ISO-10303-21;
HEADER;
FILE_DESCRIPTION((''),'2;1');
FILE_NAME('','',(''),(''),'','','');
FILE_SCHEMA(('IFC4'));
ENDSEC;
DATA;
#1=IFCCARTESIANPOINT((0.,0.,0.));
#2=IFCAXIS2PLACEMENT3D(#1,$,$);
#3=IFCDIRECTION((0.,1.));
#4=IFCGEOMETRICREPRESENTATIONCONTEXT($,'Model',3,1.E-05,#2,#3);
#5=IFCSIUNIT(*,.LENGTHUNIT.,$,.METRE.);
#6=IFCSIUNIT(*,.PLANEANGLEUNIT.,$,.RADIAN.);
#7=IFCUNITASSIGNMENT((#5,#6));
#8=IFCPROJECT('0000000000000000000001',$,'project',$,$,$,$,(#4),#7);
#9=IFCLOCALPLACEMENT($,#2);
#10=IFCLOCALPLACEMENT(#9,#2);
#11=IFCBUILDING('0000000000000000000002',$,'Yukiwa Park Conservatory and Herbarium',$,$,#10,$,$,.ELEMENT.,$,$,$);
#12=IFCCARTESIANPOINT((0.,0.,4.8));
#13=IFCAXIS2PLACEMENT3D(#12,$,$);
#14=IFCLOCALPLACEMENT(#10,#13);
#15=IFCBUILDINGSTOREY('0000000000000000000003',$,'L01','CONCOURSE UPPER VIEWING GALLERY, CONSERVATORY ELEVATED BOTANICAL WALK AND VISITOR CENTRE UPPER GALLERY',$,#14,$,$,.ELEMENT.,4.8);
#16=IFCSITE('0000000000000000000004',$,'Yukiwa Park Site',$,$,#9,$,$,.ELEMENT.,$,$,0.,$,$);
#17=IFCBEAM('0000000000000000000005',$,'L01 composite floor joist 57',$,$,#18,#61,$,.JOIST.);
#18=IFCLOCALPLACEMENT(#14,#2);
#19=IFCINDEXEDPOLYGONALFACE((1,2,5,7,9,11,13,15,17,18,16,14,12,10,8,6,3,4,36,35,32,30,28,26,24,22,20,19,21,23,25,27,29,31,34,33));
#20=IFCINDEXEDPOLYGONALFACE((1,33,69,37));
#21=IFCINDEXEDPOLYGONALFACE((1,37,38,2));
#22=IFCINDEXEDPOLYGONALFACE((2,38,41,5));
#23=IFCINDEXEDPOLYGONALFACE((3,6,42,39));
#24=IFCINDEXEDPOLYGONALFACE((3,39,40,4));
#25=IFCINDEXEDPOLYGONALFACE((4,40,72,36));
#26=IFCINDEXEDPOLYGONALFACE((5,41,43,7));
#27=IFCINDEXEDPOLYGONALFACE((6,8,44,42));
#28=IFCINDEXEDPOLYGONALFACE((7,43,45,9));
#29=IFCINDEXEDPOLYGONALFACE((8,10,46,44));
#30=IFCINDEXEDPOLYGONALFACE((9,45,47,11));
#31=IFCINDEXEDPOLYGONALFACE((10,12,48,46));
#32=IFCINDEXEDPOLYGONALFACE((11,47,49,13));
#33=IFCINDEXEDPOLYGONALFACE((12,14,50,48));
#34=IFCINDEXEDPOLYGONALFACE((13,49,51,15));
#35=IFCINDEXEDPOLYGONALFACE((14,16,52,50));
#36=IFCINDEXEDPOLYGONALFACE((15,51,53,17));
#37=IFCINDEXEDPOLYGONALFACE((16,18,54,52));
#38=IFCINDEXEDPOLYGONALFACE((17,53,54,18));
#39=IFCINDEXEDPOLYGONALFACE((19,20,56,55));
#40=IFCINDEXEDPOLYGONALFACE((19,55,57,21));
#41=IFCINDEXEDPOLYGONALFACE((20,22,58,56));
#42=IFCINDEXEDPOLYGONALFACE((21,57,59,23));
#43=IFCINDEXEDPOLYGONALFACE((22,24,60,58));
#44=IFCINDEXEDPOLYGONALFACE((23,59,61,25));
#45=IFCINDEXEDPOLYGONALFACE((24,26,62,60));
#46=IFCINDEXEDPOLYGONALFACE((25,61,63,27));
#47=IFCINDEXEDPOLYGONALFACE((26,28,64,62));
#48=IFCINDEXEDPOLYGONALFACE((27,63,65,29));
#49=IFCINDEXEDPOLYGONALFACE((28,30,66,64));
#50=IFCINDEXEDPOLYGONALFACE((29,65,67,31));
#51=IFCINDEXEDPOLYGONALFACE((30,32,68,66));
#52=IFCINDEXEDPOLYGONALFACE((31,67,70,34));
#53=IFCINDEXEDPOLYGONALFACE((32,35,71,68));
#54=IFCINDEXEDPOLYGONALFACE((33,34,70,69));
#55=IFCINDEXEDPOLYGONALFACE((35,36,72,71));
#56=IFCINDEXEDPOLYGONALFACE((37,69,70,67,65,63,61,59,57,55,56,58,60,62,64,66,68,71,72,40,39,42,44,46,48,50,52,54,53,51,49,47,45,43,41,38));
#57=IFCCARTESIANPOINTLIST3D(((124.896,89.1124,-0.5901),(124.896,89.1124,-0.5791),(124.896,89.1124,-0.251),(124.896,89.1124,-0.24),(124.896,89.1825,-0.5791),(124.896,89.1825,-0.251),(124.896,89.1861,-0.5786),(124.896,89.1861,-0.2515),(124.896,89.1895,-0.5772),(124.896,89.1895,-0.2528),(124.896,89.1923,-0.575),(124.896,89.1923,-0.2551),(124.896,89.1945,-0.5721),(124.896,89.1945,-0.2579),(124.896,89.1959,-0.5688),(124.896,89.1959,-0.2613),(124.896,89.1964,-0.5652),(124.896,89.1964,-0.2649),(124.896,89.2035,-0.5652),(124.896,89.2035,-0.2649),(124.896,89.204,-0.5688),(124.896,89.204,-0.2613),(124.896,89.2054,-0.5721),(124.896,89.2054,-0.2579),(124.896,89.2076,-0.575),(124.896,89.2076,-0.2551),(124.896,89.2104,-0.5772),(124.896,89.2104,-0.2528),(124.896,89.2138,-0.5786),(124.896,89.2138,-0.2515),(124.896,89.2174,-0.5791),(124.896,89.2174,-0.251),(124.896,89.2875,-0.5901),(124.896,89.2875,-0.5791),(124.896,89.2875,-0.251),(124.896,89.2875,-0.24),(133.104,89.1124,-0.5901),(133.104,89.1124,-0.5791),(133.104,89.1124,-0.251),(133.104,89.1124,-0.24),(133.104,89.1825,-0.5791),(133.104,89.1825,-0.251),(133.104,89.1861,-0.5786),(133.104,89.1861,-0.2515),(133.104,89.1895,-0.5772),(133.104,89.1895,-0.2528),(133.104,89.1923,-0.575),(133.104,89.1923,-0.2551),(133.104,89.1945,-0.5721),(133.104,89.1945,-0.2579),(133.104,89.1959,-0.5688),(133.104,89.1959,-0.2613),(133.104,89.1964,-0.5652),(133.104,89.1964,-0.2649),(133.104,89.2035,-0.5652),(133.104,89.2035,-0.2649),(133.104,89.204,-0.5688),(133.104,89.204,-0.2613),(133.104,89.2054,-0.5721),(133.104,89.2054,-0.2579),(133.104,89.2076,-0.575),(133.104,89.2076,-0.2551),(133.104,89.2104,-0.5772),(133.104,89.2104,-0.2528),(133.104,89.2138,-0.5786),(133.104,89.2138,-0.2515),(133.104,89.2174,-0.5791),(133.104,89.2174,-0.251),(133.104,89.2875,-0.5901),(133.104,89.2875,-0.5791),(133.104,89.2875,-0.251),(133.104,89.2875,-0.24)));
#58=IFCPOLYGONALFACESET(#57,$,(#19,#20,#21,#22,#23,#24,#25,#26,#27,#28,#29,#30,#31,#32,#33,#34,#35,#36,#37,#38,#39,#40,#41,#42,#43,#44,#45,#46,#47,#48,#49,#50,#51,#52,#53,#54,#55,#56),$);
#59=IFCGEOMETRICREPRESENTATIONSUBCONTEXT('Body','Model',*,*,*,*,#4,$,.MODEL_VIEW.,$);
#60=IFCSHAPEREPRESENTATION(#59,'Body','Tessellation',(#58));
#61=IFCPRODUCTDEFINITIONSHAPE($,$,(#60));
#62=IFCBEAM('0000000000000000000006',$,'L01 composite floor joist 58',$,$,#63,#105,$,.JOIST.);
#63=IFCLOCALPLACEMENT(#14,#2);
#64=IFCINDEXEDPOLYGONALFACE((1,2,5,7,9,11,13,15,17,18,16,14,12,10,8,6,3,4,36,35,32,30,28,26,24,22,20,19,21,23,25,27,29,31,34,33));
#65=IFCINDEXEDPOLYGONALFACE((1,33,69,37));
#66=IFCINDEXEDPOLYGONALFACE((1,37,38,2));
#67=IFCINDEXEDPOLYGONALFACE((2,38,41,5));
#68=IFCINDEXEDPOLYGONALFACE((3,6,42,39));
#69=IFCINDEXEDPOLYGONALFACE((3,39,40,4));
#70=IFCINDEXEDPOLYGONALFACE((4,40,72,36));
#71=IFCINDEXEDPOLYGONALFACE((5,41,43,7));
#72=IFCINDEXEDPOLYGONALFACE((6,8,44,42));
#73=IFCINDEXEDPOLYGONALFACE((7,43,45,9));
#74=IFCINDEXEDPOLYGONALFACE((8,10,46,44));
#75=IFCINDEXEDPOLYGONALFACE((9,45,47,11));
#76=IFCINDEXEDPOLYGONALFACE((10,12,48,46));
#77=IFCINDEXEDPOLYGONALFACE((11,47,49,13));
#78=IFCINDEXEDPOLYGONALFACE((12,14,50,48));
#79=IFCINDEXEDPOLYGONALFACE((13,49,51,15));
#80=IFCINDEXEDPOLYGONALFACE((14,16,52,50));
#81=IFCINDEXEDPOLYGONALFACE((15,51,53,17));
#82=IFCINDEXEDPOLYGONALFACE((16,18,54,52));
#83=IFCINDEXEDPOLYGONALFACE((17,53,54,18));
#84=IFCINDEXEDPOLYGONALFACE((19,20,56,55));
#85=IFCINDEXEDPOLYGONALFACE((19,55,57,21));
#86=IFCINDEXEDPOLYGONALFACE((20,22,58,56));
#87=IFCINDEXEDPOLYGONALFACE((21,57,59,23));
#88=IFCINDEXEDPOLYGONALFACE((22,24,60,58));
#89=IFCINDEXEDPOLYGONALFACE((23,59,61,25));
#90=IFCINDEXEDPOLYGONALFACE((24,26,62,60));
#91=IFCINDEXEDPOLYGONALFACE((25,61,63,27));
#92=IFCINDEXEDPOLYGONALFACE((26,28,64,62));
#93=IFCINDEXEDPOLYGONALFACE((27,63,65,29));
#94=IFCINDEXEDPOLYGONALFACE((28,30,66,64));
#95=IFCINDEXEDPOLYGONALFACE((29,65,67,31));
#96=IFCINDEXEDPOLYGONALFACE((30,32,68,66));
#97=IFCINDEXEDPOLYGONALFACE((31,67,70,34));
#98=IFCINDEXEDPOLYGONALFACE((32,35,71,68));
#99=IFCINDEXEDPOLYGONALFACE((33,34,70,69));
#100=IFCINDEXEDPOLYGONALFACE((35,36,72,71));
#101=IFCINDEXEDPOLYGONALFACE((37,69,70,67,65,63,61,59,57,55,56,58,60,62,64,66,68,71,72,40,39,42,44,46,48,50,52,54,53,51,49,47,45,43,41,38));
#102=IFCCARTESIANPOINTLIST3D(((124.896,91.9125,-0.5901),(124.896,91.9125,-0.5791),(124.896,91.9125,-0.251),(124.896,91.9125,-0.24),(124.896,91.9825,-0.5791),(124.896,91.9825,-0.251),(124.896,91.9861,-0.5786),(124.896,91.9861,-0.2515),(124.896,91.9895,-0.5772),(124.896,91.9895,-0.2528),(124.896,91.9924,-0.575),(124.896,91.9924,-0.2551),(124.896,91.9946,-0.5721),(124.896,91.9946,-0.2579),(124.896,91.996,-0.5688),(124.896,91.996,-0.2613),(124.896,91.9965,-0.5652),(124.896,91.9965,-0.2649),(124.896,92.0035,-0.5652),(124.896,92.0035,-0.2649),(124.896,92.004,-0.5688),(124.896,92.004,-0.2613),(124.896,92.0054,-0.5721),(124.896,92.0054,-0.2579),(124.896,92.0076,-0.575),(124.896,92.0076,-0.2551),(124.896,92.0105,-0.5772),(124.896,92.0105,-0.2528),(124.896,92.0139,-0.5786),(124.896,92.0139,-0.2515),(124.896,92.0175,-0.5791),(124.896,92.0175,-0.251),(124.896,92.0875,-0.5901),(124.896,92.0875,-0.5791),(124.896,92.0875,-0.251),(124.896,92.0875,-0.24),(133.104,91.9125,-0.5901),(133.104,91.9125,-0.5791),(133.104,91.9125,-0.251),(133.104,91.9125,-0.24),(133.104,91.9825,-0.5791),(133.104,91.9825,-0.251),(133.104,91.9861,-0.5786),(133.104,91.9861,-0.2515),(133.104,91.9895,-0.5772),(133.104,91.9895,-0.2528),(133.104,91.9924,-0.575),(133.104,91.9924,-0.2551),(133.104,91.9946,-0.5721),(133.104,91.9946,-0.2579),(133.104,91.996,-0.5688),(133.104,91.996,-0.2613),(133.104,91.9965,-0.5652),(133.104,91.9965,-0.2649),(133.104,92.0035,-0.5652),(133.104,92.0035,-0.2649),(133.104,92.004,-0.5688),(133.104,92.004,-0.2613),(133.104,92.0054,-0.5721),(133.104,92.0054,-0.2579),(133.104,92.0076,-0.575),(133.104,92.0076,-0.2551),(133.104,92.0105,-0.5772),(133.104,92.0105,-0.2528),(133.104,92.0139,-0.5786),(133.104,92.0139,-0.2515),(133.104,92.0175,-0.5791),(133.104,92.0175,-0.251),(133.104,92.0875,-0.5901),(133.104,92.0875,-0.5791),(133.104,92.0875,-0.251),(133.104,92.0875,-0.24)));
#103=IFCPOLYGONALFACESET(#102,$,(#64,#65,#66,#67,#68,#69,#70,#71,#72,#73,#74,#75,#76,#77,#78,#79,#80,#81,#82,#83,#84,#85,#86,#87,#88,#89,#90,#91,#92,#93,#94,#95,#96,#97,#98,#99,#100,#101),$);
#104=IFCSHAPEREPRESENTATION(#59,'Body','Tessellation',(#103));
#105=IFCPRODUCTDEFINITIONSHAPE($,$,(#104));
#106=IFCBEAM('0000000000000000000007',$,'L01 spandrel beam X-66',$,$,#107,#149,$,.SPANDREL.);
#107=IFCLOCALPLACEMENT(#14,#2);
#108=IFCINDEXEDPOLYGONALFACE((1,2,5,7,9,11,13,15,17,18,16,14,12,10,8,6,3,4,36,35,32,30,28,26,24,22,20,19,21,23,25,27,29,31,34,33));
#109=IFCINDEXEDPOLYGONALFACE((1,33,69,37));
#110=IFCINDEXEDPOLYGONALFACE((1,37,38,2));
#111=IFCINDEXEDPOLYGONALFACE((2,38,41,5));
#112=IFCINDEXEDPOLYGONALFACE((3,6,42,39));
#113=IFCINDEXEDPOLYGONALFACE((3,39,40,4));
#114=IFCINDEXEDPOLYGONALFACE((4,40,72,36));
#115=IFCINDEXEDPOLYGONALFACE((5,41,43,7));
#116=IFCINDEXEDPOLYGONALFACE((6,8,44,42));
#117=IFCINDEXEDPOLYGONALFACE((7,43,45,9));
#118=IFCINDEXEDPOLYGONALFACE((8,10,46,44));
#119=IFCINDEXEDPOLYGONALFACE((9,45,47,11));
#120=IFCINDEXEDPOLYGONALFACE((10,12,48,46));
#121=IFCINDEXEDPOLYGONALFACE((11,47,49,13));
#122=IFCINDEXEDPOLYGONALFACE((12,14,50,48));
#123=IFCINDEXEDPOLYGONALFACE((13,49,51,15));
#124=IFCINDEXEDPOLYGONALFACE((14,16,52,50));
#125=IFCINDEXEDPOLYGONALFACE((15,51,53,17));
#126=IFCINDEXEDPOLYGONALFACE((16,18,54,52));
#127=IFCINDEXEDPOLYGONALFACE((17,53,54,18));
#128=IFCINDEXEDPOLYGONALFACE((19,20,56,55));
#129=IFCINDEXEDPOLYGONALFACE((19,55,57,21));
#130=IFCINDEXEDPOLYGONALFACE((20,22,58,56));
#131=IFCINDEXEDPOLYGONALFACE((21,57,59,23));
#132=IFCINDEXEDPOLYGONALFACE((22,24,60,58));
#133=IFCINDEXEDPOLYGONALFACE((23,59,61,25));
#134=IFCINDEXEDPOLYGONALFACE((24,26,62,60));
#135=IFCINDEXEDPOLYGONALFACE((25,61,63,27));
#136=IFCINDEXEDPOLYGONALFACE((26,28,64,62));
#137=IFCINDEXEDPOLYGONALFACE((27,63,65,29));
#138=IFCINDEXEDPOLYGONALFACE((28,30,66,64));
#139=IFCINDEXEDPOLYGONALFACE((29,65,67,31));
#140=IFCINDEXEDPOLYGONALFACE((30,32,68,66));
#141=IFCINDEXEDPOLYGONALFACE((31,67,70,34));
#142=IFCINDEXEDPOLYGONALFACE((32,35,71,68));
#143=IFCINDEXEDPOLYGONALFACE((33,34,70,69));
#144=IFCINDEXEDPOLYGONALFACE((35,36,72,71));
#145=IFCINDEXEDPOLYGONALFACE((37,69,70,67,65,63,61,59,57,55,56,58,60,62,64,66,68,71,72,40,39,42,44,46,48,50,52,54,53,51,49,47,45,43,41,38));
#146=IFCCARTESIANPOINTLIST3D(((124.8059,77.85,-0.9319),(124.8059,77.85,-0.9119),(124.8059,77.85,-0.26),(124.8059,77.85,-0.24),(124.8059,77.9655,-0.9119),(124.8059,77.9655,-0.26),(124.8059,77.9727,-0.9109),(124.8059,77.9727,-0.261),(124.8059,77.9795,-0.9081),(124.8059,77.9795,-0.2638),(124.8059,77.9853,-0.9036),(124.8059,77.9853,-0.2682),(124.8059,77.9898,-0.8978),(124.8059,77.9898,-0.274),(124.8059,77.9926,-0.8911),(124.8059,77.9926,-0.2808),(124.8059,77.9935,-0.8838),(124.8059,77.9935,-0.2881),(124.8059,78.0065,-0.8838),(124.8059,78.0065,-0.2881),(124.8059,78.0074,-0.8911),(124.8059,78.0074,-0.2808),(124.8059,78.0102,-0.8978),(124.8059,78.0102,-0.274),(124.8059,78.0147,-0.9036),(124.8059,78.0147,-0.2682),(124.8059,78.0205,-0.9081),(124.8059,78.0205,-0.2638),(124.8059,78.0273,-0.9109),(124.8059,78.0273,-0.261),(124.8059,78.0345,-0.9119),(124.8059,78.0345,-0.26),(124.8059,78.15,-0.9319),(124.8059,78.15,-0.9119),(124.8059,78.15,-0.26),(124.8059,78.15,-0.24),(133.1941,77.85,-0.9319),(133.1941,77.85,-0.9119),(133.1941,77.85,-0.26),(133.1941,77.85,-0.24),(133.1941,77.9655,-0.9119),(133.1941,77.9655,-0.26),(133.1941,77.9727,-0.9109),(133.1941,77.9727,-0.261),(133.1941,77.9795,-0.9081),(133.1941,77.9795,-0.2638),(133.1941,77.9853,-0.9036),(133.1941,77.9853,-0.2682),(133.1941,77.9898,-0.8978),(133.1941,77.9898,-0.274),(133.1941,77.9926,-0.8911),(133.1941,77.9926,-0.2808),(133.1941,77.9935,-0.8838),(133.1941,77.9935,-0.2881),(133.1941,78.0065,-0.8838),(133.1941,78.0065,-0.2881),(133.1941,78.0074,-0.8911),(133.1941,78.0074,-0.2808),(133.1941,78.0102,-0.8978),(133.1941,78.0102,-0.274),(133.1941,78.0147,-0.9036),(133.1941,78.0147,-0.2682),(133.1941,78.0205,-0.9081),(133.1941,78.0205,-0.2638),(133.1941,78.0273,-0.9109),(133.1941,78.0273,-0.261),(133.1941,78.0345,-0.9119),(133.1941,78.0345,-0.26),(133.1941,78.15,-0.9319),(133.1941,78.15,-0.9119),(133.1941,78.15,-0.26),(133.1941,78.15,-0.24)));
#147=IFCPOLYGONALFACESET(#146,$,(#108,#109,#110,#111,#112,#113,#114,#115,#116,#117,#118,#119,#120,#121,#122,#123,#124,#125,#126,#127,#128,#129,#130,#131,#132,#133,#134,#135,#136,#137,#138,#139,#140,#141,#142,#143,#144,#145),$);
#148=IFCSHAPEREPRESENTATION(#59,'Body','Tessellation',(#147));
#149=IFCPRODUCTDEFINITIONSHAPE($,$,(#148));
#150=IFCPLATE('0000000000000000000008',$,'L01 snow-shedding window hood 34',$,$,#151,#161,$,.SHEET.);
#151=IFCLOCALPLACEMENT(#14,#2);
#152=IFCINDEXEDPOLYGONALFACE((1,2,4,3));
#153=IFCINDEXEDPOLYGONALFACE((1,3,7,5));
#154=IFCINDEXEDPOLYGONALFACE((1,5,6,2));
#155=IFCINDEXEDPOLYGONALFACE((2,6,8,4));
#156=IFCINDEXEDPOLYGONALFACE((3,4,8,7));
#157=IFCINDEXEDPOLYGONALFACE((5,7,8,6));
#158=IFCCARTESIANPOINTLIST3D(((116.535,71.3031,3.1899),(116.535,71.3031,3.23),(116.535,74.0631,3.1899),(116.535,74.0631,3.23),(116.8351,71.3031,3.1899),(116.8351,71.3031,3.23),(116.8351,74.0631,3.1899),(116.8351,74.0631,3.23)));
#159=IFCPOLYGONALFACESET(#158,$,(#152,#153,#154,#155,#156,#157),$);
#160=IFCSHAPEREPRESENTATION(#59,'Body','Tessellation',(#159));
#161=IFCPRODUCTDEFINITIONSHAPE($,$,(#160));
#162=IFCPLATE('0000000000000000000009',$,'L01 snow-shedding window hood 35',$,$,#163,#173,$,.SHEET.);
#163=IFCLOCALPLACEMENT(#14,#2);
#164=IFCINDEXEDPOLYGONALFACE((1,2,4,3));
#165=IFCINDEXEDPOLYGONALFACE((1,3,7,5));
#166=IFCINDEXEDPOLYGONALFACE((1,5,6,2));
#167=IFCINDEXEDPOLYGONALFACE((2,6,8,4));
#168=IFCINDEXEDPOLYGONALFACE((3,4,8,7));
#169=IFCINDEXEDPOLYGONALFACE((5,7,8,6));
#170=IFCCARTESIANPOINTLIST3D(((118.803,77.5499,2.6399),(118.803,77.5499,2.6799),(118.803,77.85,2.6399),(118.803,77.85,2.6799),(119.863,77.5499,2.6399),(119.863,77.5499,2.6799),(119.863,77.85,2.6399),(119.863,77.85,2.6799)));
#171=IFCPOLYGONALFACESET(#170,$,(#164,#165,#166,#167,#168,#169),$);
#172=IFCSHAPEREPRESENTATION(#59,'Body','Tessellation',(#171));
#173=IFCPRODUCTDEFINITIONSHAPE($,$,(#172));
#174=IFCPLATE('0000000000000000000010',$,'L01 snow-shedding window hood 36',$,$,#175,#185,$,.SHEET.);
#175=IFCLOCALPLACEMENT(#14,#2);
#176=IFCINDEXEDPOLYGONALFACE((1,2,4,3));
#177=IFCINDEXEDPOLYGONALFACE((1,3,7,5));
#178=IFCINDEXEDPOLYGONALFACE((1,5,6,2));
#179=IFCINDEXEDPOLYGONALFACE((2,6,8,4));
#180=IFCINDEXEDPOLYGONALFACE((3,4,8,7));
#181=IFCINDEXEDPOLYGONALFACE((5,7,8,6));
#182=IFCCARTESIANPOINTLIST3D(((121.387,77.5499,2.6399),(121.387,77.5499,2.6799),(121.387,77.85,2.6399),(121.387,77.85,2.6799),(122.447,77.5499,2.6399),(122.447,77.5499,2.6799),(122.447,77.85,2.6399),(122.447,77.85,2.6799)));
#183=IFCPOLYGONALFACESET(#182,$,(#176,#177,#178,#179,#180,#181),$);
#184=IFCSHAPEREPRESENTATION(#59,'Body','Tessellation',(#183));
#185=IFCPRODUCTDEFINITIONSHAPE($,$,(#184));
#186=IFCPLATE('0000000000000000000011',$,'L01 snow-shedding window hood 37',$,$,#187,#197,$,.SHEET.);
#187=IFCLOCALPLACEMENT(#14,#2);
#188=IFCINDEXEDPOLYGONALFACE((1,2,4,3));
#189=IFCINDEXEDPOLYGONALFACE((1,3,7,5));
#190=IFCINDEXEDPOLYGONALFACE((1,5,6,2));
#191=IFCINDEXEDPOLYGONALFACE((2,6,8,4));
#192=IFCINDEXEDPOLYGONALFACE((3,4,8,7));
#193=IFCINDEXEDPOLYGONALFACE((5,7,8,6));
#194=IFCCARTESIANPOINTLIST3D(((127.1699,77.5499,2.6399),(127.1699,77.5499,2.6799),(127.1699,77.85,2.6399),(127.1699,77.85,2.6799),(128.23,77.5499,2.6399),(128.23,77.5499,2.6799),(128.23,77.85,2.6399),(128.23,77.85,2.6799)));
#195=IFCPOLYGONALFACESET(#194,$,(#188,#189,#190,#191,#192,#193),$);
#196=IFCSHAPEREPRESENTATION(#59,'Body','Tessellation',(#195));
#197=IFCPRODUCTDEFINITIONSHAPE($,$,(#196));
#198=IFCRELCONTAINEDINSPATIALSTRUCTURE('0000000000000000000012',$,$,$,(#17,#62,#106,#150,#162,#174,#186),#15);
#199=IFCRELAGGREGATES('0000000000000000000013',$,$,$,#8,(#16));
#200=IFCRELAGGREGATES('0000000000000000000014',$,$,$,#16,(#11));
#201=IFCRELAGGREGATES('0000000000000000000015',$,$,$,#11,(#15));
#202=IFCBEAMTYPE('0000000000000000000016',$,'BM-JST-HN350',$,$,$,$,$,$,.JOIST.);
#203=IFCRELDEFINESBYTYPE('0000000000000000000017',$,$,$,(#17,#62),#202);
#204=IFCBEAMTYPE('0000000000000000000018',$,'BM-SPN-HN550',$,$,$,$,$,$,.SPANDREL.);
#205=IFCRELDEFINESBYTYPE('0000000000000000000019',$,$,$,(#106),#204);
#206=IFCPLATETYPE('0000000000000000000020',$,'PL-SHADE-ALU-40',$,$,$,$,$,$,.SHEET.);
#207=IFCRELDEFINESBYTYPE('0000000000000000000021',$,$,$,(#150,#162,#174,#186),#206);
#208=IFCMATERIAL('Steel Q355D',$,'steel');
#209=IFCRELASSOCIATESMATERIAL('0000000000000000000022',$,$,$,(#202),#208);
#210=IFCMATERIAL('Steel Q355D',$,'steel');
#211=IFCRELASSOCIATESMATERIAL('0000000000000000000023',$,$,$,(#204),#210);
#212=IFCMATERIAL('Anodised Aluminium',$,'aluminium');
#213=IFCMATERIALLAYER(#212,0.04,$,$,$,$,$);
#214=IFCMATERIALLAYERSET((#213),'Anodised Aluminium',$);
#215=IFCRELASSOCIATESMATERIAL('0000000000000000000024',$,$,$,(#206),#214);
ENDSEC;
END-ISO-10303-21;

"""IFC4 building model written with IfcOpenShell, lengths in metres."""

from ifc_helpers import new_model, si_unit, direction, frame, origin, origin_2d, place, context, subcontext, project, spatial, rectangle, i_section, extrude, material, layer, layer_set, material_profile, profile_set, type_object, element, save


model = new_model("IFC4")

# Units and contexts
model_context = context("Model", 3, precision=1e-05, world=origin(), true_north=direction((0.0, 1.0)))
body_context = subcontext(model_context, "Body", "Model", "MODEL_VIEW")
ifc_project = project(units=[si_unit("LENGTHUNIT", "METRE"), si_unit("PLANEANGLEUNIT", "RADIAN")], contexts=[model_context])

# Site, building, storey
site_placement = place(None, origin())
site = spatial("IfcSite", under=ifc_project, at=site_placement, Name="Yukiwa Park Site", CompositionType="ELEMENT", RefElevation=0.0)
building_placement = place(site_placement, origin())
building = spatial("IfcBuilding", under=site, at=building_placement, Name="Yukiwa Park Conservatory and Herbarium", CompositionType="ELEMENT")
storey_placement = place(building_placement, frame((0.0, 0.0, 4.8)))
storey = spatial("IfcBuildingStorey", under=building, at=storey_placement, Name="L01", Description="CONCOURSE UPPER VIEWING GALLERY, CONSERVATORY ELEVATED BOTANICAL WALK AND VISITOR CENTRE UPPER GALLERY", CompositionType="ELEMENT", Elevation=4.8)

# Beams
ifc_material_1 = material(Name="Steel Q355D", Category="steel")
ifc_material_profile_1 = material_profile(ifc_material_1, i_section(OverallWidth=0.175, OverallDepth=0.3501, WebThickness=0.0071, FlangeThickness=0.011, FilletRadius=0.0139, at=origin_2d()), Name="HN 350x175x7x11")
ifc_profile_set_1 = profile_set([ifc_material_profile_1], Name="Steel Q355D")
beam_type_1 = type_object("IfcBeamType", Name="BM-JST-HN350", PredefinedType="JOIST", material=ifc_profile_set_1)
for number, where, z_axis, x_axis, name in (
    (1, (124.896, 89.2, -0.415), (1.0, 0.0, 0.0), (0.0, 1.0, 0.0), "L01 composite floor joist 57"),
    (2, (124.896, 92.0, -0.415), (1.0, 0.0, 0.0), (0.0, 1.0, 0.0), "L01 composite floor joist 58"),
):
    element("IfcBeam", number, at=place(storey_placement, frame(where, z_axis=z_axis, x_axis=x_axis)), inside=storey, type_object=beam_type_1, Name=name, PredefinedType="JOIST", context=body_context, shape_type="SweptSolid", body=[
        extrude(i_section(OverallWidth=0.175, OverallDepth=0.3501, WebThickness=0.0071, FlangeThickness=0.011, FilletRadius=0.0139, at=origin_2d()), origin(), (0.0, 0.0, 1.0), 8.208),
    ])
ifc_material_2 = material(Name="Steel Q355D", Category="steel")
ifc_material_profile_2 = material_profile(ifc_material_2, i_section(OverallWidth=0.3, OverallDepth=0.6919, WebThickness=0.0129, FlangeThickness=0.02, FilletRadius=0.0281, at=origin_2d()), Name="HN 692x300x13x20")
ifc_profile_set_2 = profile_set([ifc_material_profile_2], Name="Steel Q355D")
beam_type_2 = type_object("IfcBeamType", Name="BM-SPN-HN550", PredefinedType="SPANDREL", material=ifc_profile_set_2)
beam_1_placement = place(storey_placement, frame((124.8059, 78.0, -0.5859), z_axis=(1.0, 0.0, 0.0), x_axis=(0.0, 1.0, 0.0)))
element("IfcBeam", 3, at=beam_1_placement, inside=storey, type_object=beam_type_2, Name="L01 spandrel beam X-66", PredefinedType="SPANDREL", context=body_context, shape_type="SweptSolid", body=[
    extrude(i_section(OverallWidth=0.3, OverallDepth=0.6919, WebThickness=0.0129, FlangeThickness=0.02, FilletRadius=0.0281, at=origin_2d()), origin(), (0.0, 0.0, 1.0), 8.3882),
])

# Plates
ifc_material_3 = material(Name="Anodised Aluminium", Category="aluminium")
ifc_layer_1 = layer(ifc_material_3, 0.04)
ifc_layer_set_1 = layer_set([ifc_layer_1], Name="Anodised Aluminium")
plate_type = type_object("IfcPlateType", Name="PL-SHADE-ALU-40", PredefinedType="SHEET", material=ifc_layer_set_1)
plate_placement = place(storey_placement, frame((116.6851, 72.6831, 3.1899), z_axis=(0.0, 0.0, 1.0), x_axis=(0.0, 1.0, 0.0)))
element("IfcPlate", 4, at=plate_placement, inside=storey, type_object=plate_type, Name="L01 snow-shedding window hood 34", PredefinedType="SHEET", context=body_context, shape_type="SweptSolid", body=[
    extrude(rectangle(XDim=2.76, YDim=0.3, at=origin_2d()), origin(), (0.0, 0.0, 1.0), 0.04),
])
for number, where, z_axis, x_axis, name in (
    (5, (119.333, 77.7, 2.6399), (0.0, 0.0, 1.0), (1.0, 0.0, 0.0), "L01 snow-shedding window hood 35"),
    (6, (121.917, 77.7, 2.6399), (0.0, 0.0, 1.0), (1.0, 0.0, 0.0), "L01 snow-shedding window hood 36"),
    (7, (127.7, 77.7, 2.6399), (0.0, 0.0, 1.0), (1.0, 0.0, 0.0), "L01 snow-shedding window hood 37"),
):
    element("IfcPlate", number, at=place(storey_placement, frame(where, z_axis=z_axis, x_axis=x_axis)), inside=storey, type_object=plate_type, Name=name, PredefinedType="SHEET", context=body_context, shape_type="SweptSolid", body=[
        extrude(rectangle(XDim=1.0601, YDim=0.3, at=origin_2d()), origin(), (0.0, 0.0, 1.0), 0.04),
    ])

save(model, "model.ifc")
